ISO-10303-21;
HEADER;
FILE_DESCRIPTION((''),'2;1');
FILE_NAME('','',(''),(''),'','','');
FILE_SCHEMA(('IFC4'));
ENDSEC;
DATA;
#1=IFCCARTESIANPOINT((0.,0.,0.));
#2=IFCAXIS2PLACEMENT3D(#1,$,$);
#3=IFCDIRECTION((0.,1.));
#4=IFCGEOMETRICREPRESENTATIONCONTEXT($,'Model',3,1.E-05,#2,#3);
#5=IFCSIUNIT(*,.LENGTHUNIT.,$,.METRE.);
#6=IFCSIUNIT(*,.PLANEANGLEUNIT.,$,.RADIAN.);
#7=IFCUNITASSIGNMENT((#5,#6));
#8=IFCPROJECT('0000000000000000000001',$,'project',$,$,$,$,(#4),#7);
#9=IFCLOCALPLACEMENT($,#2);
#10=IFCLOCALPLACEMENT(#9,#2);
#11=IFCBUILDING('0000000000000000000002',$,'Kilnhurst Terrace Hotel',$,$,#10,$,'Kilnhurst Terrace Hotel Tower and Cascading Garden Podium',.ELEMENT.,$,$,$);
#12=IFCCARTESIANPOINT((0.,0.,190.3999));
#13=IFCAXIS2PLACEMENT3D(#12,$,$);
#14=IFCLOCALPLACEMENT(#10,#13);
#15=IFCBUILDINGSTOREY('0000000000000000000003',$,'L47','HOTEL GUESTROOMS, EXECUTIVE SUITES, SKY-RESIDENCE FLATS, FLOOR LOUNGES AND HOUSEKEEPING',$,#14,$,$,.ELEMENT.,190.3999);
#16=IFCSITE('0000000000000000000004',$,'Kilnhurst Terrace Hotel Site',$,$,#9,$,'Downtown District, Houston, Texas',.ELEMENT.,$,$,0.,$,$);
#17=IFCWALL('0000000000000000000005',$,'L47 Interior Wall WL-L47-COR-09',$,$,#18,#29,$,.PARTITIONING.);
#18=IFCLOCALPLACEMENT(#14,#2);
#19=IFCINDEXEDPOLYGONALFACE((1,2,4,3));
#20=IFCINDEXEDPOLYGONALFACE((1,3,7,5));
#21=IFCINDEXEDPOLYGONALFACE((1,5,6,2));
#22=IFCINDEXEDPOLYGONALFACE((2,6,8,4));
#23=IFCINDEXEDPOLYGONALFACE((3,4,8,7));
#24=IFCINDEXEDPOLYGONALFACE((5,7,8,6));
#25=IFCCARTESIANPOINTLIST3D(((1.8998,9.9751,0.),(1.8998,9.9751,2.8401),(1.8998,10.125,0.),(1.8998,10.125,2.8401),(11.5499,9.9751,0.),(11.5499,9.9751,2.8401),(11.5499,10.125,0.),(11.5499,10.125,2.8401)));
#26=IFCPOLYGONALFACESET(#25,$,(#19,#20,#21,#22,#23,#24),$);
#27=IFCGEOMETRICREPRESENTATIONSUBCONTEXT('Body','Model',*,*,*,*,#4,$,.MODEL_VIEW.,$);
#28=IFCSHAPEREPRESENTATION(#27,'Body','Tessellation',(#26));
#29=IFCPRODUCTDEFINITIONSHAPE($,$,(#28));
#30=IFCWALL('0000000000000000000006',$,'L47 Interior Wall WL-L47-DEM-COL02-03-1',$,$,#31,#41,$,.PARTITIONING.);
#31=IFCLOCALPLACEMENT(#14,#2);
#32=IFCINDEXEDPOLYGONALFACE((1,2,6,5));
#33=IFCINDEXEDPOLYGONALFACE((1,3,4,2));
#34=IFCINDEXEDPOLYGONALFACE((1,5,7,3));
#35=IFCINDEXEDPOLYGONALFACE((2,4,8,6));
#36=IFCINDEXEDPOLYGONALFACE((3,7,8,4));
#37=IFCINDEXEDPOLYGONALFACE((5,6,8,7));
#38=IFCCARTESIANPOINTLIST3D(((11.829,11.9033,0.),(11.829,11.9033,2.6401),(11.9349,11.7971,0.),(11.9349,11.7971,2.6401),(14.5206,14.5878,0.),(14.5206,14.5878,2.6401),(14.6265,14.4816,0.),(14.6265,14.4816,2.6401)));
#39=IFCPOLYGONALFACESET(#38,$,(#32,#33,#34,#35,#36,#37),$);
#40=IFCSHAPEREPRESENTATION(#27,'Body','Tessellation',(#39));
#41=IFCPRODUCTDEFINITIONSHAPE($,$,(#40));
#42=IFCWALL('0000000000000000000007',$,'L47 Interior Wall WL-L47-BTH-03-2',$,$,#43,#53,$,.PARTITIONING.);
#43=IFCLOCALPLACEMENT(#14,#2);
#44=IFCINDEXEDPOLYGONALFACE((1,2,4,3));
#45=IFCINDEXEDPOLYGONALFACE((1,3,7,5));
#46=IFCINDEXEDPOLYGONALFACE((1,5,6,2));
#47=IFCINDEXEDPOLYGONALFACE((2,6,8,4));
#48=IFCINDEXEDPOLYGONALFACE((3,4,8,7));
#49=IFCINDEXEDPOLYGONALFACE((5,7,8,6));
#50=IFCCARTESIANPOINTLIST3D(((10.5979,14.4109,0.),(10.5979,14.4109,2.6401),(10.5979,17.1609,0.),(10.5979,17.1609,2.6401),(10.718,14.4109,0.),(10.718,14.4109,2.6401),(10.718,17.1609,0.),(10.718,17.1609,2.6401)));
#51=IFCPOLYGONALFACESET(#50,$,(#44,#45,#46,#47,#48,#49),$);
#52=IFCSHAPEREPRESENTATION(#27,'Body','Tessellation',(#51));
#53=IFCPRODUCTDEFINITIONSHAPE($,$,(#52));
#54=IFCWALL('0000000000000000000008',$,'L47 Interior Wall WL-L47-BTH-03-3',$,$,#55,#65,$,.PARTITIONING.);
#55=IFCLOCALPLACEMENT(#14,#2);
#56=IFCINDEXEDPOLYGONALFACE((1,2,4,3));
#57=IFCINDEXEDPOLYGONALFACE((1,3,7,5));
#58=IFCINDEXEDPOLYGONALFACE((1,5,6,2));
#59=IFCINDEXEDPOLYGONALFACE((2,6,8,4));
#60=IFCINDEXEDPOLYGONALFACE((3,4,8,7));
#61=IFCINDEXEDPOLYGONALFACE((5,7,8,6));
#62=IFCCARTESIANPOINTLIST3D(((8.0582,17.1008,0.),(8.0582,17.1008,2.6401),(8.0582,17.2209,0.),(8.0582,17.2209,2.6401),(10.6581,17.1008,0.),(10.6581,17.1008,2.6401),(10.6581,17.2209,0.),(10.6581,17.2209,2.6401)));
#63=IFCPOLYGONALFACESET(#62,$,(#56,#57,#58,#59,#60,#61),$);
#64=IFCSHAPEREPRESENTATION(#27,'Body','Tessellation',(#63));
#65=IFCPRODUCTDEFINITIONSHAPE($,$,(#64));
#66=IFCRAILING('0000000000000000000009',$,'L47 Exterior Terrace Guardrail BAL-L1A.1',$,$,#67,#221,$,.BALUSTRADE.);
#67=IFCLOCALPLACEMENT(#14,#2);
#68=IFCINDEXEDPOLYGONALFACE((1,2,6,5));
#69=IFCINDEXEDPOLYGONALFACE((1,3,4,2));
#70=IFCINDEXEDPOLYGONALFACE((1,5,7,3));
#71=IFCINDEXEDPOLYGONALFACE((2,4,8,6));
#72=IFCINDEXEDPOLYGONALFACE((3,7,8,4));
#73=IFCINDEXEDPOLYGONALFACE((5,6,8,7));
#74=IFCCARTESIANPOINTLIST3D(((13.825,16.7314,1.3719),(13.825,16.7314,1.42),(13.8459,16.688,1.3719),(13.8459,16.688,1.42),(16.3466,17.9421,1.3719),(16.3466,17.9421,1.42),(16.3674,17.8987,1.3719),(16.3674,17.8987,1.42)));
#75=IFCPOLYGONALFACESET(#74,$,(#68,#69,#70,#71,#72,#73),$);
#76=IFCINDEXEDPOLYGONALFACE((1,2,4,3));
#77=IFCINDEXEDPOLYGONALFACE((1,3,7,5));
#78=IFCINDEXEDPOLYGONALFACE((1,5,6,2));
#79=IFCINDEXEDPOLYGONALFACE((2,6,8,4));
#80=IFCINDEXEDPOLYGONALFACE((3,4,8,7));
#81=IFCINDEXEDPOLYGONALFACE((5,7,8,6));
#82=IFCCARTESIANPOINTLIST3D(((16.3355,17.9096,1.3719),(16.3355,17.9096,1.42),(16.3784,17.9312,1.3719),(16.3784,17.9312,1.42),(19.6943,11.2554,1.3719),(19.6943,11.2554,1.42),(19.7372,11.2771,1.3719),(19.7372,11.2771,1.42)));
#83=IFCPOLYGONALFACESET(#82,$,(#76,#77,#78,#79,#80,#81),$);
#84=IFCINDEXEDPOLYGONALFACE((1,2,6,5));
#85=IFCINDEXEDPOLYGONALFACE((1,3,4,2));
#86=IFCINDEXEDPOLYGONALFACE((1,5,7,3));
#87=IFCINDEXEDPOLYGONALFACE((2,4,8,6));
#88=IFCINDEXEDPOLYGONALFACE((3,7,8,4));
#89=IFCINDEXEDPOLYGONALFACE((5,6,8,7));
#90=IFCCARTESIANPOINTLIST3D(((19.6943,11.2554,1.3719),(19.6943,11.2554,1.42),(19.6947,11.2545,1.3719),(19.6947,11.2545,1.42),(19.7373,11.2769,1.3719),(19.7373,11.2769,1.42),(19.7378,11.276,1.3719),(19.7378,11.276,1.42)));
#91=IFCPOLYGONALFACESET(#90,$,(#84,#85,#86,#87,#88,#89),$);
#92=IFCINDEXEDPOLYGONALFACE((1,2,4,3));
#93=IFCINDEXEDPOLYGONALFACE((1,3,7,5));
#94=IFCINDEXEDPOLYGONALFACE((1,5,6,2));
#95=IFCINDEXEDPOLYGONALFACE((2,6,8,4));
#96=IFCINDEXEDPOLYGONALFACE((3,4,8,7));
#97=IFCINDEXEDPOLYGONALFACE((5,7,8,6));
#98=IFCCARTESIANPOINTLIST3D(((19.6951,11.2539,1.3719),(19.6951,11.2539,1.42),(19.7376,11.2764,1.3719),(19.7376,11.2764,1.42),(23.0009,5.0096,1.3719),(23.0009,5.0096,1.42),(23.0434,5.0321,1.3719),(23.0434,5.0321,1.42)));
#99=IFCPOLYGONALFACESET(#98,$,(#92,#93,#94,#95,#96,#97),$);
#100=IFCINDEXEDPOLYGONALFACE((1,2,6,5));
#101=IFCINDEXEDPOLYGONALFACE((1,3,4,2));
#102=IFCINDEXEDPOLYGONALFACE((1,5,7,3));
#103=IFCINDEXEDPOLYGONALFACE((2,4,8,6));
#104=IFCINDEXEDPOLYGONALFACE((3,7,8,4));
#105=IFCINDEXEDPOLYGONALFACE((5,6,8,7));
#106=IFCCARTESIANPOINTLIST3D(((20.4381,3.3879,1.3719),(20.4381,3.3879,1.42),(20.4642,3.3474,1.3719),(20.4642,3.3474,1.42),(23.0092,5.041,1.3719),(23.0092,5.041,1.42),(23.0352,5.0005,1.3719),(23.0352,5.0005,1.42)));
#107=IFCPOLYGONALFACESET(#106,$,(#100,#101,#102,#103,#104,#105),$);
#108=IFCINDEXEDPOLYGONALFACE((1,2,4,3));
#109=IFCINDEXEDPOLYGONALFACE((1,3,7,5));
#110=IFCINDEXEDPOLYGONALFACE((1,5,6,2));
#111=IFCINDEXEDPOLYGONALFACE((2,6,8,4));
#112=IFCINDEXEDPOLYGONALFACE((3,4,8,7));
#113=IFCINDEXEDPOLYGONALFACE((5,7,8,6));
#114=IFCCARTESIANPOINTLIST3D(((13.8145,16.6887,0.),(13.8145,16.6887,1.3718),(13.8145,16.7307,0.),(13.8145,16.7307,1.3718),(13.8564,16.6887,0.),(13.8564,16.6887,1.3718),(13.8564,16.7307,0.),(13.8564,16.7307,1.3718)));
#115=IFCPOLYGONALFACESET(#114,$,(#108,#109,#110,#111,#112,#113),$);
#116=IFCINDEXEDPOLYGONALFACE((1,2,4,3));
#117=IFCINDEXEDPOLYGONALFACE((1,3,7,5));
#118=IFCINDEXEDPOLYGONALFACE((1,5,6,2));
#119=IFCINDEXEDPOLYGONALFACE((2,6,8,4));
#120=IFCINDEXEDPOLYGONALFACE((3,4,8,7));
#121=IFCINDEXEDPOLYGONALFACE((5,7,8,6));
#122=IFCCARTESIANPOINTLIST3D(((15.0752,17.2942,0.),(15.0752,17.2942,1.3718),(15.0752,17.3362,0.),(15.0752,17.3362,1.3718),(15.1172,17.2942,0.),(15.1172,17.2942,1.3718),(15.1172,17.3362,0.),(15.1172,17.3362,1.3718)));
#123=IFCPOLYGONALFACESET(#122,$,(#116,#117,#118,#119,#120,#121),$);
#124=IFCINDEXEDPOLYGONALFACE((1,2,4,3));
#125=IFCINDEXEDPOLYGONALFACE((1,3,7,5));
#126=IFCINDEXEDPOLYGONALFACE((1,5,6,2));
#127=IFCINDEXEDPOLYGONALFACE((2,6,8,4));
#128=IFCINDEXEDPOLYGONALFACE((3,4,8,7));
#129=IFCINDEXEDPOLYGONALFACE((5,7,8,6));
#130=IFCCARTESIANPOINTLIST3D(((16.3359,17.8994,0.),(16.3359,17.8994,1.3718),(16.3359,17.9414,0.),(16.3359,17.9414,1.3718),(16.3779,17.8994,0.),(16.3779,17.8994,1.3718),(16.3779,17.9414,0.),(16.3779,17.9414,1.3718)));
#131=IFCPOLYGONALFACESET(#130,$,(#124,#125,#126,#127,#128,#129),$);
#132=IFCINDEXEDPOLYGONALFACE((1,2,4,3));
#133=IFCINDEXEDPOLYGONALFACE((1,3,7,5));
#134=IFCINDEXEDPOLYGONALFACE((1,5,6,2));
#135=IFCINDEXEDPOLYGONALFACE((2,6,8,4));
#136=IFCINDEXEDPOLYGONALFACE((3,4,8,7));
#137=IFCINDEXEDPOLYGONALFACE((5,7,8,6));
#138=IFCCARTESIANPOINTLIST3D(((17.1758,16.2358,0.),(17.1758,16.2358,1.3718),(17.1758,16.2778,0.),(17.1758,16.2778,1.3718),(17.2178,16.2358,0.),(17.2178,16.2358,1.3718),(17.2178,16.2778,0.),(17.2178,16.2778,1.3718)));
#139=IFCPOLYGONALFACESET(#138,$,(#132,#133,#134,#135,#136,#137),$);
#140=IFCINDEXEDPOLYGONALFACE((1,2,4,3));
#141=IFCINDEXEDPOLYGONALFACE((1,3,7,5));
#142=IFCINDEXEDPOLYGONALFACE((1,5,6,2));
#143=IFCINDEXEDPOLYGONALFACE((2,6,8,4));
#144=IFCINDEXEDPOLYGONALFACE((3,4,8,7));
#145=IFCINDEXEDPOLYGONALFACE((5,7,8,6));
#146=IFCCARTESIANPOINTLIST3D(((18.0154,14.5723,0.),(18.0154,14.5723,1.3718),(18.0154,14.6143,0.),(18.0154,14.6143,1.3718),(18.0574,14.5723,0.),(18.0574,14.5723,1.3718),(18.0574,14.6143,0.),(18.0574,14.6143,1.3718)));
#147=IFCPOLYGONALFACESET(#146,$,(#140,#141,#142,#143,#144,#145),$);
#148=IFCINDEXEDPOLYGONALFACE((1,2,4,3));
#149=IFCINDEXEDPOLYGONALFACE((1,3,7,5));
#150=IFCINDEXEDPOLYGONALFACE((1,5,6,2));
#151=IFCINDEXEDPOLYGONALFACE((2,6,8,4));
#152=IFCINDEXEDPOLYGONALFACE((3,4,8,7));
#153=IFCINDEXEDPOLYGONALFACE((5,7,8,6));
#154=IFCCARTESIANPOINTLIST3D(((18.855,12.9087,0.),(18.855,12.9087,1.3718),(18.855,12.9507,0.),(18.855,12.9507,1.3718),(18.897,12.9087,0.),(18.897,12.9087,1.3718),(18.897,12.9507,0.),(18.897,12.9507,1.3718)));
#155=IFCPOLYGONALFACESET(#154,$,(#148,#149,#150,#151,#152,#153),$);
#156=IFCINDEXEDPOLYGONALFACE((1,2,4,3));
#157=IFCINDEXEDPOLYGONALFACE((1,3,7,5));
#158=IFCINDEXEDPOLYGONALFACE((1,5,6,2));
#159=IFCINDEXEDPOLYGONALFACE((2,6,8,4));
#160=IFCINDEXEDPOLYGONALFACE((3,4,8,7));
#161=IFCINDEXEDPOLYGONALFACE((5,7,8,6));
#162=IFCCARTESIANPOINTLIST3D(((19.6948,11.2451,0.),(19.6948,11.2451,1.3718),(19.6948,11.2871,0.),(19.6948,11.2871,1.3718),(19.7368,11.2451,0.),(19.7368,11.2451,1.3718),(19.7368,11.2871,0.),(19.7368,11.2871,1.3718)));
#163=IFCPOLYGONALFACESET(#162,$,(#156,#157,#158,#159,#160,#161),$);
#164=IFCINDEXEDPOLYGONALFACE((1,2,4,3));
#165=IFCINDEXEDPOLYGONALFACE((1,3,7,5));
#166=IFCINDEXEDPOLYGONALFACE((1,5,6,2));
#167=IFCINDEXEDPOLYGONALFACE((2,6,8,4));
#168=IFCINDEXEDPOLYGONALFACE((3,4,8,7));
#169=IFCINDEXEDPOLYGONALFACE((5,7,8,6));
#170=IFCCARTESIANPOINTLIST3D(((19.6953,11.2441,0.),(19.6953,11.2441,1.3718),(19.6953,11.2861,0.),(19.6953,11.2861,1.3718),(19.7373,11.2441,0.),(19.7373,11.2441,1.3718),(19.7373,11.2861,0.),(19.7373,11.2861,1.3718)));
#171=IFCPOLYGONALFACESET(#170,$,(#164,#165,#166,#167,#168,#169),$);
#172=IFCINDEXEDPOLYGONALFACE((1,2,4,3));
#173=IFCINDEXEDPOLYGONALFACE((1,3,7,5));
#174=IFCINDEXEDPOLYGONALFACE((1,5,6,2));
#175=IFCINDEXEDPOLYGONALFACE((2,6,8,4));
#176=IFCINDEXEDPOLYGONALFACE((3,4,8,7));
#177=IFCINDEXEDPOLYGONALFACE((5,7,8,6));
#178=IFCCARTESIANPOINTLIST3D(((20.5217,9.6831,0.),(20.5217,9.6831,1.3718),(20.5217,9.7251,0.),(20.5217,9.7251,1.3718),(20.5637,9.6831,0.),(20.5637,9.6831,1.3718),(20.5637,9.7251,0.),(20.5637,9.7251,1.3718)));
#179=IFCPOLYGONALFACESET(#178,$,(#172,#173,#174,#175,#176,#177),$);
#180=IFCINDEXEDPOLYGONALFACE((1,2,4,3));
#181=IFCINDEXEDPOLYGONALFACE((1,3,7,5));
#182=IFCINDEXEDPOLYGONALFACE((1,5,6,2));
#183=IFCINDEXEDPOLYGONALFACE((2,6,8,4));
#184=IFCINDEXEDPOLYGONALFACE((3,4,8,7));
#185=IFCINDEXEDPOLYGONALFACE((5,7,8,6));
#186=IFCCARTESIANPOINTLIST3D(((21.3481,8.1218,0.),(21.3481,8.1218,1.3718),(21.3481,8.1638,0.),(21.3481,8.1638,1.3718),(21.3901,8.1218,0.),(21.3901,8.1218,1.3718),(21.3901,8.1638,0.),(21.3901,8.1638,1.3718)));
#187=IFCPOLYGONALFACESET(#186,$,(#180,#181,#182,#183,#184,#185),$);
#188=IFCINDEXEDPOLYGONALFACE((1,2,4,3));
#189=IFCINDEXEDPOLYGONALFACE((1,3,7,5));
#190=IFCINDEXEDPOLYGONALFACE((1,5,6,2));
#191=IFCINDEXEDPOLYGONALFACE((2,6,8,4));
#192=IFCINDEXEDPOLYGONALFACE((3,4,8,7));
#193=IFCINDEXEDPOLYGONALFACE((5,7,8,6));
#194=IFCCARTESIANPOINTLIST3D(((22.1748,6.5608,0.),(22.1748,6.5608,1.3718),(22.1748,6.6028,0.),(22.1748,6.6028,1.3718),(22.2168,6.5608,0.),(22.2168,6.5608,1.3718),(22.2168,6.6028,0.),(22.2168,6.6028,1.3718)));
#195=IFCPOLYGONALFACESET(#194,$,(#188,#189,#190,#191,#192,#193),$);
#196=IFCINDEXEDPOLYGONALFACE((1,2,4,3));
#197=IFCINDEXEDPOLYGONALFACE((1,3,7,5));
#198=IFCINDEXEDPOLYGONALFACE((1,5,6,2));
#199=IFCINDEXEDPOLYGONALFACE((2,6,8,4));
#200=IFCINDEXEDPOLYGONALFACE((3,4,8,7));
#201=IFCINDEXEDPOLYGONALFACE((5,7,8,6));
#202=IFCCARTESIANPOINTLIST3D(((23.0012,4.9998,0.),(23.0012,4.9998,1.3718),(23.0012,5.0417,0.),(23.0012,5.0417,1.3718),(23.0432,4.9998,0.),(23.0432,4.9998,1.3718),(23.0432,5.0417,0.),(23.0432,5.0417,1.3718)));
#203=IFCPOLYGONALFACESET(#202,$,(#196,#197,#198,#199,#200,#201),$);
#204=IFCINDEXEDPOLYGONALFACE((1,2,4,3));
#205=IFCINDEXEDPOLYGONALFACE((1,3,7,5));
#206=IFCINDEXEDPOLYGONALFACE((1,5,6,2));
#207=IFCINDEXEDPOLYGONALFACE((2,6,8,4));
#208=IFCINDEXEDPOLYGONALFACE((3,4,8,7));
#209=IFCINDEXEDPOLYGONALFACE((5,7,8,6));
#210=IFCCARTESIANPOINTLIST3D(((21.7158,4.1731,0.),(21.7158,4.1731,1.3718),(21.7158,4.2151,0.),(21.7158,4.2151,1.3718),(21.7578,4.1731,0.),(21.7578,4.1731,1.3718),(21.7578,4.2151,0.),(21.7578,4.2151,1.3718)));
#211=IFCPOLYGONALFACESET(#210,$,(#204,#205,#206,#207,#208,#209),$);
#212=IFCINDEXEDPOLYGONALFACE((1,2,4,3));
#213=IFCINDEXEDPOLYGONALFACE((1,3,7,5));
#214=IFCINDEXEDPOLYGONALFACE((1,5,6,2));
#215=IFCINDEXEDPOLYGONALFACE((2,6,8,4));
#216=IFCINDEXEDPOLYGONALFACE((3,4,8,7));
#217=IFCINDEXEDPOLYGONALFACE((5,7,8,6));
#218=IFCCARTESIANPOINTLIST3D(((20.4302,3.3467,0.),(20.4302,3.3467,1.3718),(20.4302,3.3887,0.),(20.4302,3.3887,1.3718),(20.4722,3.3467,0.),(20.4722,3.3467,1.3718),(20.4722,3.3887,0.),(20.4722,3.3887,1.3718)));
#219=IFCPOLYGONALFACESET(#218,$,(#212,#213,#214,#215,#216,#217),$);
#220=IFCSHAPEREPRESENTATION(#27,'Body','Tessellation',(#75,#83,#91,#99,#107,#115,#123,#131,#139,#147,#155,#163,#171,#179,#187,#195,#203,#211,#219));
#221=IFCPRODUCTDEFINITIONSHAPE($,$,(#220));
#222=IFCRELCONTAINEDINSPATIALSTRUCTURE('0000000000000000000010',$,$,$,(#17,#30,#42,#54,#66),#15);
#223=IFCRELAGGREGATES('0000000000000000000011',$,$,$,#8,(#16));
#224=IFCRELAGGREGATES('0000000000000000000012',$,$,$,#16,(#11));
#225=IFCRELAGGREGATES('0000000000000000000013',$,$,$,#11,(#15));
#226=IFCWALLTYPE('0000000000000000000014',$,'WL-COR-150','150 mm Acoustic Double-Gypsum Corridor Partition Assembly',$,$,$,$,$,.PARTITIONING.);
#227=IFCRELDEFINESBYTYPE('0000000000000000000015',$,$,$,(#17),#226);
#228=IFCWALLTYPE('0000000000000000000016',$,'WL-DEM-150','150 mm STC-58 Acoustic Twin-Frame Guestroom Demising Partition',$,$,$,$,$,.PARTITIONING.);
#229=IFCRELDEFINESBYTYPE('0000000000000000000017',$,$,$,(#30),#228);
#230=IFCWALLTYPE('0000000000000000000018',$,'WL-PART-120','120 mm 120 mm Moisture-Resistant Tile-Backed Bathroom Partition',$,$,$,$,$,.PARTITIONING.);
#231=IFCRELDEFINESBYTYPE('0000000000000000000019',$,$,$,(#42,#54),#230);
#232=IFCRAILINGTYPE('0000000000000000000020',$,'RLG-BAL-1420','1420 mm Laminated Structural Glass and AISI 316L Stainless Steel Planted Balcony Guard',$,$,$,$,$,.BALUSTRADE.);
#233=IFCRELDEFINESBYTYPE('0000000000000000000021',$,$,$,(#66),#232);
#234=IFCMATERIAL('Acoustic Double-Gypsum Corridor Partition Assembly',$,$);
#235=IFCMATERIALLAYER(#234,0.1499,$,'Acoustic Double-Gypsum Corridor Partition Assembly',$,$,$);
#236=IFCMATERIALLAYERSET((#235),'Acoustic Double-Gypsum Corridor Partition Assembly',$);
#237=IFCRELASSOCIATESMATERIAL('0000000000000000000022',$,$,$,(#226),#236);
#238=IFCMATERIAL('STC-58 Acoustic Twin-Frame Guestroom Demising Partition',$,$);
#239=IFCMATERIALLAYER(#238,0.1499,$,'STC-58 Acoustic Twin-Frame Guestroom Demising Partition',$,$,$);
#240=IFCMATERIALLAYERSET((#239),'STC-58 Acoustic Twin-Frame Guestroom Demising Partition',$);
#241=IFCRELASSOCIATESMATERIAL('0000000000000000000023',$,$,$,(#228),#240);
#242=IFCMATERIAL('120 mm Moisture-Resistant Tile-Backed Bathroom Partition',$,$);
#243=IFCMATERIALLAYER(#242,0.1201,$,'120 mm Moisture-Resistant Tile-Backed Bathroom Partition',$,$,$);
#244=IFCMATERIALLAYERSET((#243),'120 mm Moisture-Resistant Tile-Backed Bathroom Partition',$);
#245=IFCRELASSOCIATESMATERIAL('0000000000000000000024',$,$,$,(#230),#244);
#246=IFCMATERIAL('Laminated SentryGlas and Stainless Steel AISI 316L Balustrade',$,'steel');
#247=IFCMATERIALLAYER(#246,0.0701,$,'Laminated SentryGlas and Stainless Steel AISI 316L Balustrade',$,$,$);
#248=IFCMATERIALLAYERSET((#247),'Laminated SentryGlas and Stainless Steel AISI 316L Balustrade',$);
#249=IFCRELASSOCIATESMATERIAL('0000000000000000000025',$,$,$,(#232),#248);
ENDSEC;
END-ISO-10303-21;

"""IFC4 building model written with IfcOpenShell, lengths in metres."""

from ifc_helpers import new_model, si_unit, direction, frame, frame_2d, origin, origin_2d, place, context, subcontext, project, spatial, rectangle, extrude, material, layer, layer_set, type_object, element, save


model = new_model("IFC4")

# Units and contexts
model_context = context("Model", 3, precision=1e-05, world=origin(), true_north=direction((0.0, 1.0)))
body_context = subcontext(model_context, "Body", "Model", "MODEL_VIEW")
ifc_project = project(units=[si_unit("LENGTHUNIT", "METRE"), si_unit("PLANEANGLEUNIT", "RADIAN")], contexts=[model_context])

# Site, building, storey
site_placement = place(None, origin())
site = spatial("IfcSite", under=ifc_project, at=site_placement, Name="Kilnhurst Terrace Hotel Site", LongName="Downtown District, Houston, Texas", CompositionType="ELEMENT", RefElevation=0.0)
building_placement = place(site_placement, origin())
building = spatial("IfcBuilding", under=site, at=building_placement, Name="Kilnhurst Terrace Hotel", LongName="Kilnhurst Terrace Hotel Tower and Cascading Garden Podium", CompositionType="ELEMENT")
storey_placement = place(building_placement, frame((0.0, 0.0, 190.3999)))
storey = spatial("IfcBuildingStorey", under=building, at=storey_placement, Name="L47", Description="HOTEL GUESTROOMS, EXECUTIVE SUITES, SKY-RESIDENCE FLATS, FLOOR LOUNGES AND HOUSEKEEPING", CompositionType="ELEMENT", Elevation=190.3999)

# Shared definitions
ifc_material_1 = material(Name="Acoustic Double-Gypsum Corridor Partition Assembly")
ifc_layer_1 = layer(ifc_material_1, 0.1499, Name="Acoustic Double-Gypsum Corridor Partition Assembly")
ifc_layer_set_1 = layer_set([ifc_layer_1], Name="Acoustic Double-Gypsum Corridor Partition Assembly")
wall_type_1 = type_object("IfcWallType", Name="WL-COR-150", Description="150 mm Acoustic Double-Gypsum Corridor Partition Assembly", PredefinedType="PARTITIONING", material=ifc_layer_set_1)

# Walls
wall_1_placement = place(storey_placement, frame((11.55, 10.05, 0.0), z_axis=(0.0, 0.0, 1.0), x_axis=(-1.0, 0.0, 0.0)))
element("IfcWall", 1, at=wall_1_placement, inside=storey, type_object=wall_type_1, Name="L47 Interior Wall WL-L47-COR-09", PredefinedType="PARTITIONING", context=body_context, shape_type="SweptSolid", body=[
    extrude(rectangle(XDim=9.6501, YDim=0.1499, at=frame_2d((4.8252, 0.0))), origin(), (0.0, 0.0, 1.0), 2.8401),
])
ifc_material_2 = material(Name="STC-58 Acoustic Twin-Frame Guestroom Demising Partition")
ifc_layer_2 = layer(ifc_material_2, 0.1499, Name="STC-58 Acoustic Twin-Frame Guestroom Demising Partition")
ifc_layer_set_2 = layer_set([ifc_layer_2], Name="STC-58 Acoustic Twin-Frame Guestroom Demising Partition")
wall_type_2 = type_object("IfcWallType", Name="WL-DEM-150", Description="150 mm STC-58 Acoustic Twin-Frame Guestroom Demising Partition", PredefinedType="PARTITIONING", material=ifc_layer_set_2)
wall_2_placement = place(storey_placement, frame((11.8818, 11.8501, 0.0), z_axis=(0.0, 0.0, 1.0), x_axis=(0.708037, 0.706175, 0.0)))
element("IfcWall", 2, at=wall_2_placement, inside=storey, type_object=wall_type_2, Name="L47 Interior Wall WL-L47-DEM-COL02-03-1", PredefinedType="PARTITIONING", context=body_context, shape_type="SweptSolid", body=[
    extrude(rectangle(XDim=3.8015, YDim=0.1499, at=frame_2d((1.9009, 0.0))), origin(), (0.0, 0.0, 1.0), 2.6401),
])
ifc_material_3 = material(Name="120 mm Moisture-Resistant Tile-Backed Bathroom Partition")
ifc_layer_3 = layer(ifc_material_3, 0.1201, Name="120 mm Moisture-Resistant Tile-Backed Bathroom Partition")
ifc_layer_set_3 = layer_set([ifc_layer_3], Name="120 mm Moisture-Resistant Tile-Backed Bathroom Partition")
wall_type_3 = type_object("IfcWallType", Name="WL-PART-120", Description="120 mm 120 mm Moisture-Resistant Tile-Backed Bathroom Partition", PredefinedType="PARTITIONING", material=ifc_layer_set_3)
wall_3_placement = place(storey_placement, frame((10.658, 14.4109, 0.0), z_axis=(0.0, 0.0, 1.0), x_axis=(0.0, 1.0, 0.0)))
element("IfcWall", 3, at=wall_3_placement, inside=storey, type_object=wall_type_3, Name="L47 Interior Wall WL-L47-BTH-03-2", PredefinedType="PARTITIONING", context=body_context, shape_type="SweptSolid", body=[
    extrude(rectangle(XDim=2.75, YDim=0.1201, at=frame_2d((1.375, 0.0))), origin(), (0.0, 0.0, 1.0), 2.6401),
])
wall_4_placement = place(storey_placement, frame((10.658, 17.1609, 0.0), z_axis=(0.0, 0.0, 1.0), x_axis=(-1.0, 0.0, 0.0)))
element("IfcWall", 4, at=wall_4_placement, inside=storey, type_object=wall_type_3, Name="L47 Interior Wall WL-L47-BTH-03-3", PredefinedType="PARTITIONING", context=body_context, shape_type="SweptSolid", body=[
    extrude(rectangle(XDim=2.5999, YDim=0.1201, at=frame_2d((1.2998, 0.0))), origin(), (0.0, 0.0, 1.0), 2.6401),
])

# Railing
ifc_material_4 = material(Name="Laminated SentryGlas and Stainless Steel AISI 316L Balustrade", Category="steel")
ifc_layer_4 = layer(ifc_material_4, 0.0701, Name="Laminated SentryGlas and Stainless Steel AISI 316L Balustrade")
ifc_layer_set_4 = layer_set([ifc_layer_4], Name="Laminated SentryGlas and Stainless Steel AISI 316L Balustrade")
railing_type = type_object("IfcRailingType", Name="RLG-BAL-1420", Description="1420 mm Laminated Structural Glass and AISI 316L Stainless Steel Planted Balcony Guard", PredefinedType="BALUSTRADE", material=ifc_layer_set_4)
railing_placement = place(storey_placement, frame((13.8354, 16.7097, 0.0)))
element("IfcRailing", 5, at=railing_placement, inside=storey, type_object=railing_type, Name="L47 Exterior Terrace Guardrail BAL-L1A.1", PredefinedType="BALUSTRADE", context=body_context, shape_type="SweptSolid", body=[
    extrude(rectangle(XDim=0.0481, YDim=0.0481, at=origin_2d()), frame((0.0, 0.0, 1.396), z_axis=(0.90147, 0.432842, 0.0), x_axis=(-0.432842, 0.90147, 0.0)), (0.0, 0.0, 1.0), 2.7971),
    extrude(rectangle(XDim=0.0481, YDim=0.0481, at=origin_2d()), frame((2.5215, 1.2107, 1.396), z_axis=(0.450617, -0.892718, 0.0), x_axis=(0.892718, 0.450617, 0.0)), (0.0, 0.0, 1.0), 7.4539),
    extrude(rectangle(XDim=0.0481, YDim=0.0481, at=origin_2d()), frame((5.8804, -5.4436, 1.396), z_axis=(0.447214, -0.894427, 0.0), x_axis=(0.894427, 0.447214, 0.0)), (0.0, 0.0, 1.0), 0.001),
    extrude(rectangle(XDim=0.0481, YDim=0.0481, at=origin_2d()), frame((5.8809, -5.4446, 1.396), z_axis=(0.467894, -0.883785, 0.0), x_axis=(0.883785, 0.467894, 0.0)), (0.0, 0.0, 1.0), 7.0654),
    extrude(rectangle(XDim=0.0481, YDim=0.0481, at=origin_2d()), frame((9.1868, -11.689, 1.396), z_axis=(-0.84114, -0.540818, 0.0), x_axis=(0.540818, -0.84114, 0.0)), (0.0, 0.0, 1.0), 3.0566),
    extrude(rectangle(XDim=0.042, YDim=0.042, at=origin_2d()), origin(), (0.0, 0.0, 1.0), 1.3718),
    extrude(rectangle(XDim=0.042, YDim=0.042, at=origin_2d()), frame((1.2607, 0.6055, 0.0)), (0.0, 0.0, 1.0), 1.3718),
    extrude(rectangle(XDim=0.042, YDim=0.042, at=origin_2d()), frame((2.5215, 1.2107, 0.0)), (0.0, 0.0, 1.0), 1.3718),
    extrude(rectangle(XDim=0.042, YDim=0.042, at=origin_2d()), frame((3.3613, -0.4529, 0.0)), (0.0, 0.0, 1.0), 1.3718),
    extrude(rectangle(XDim=0.042, YDim=0.042, at=origin_2d()), frame((4.2009, -2.1165, 0.0)), (0.0, 0.0, 1.0), 1.3718),
    extrude(rectangle(XDim=0.042, YDim=0.042, at=origin_2d()), frame((5.0405, -3.78, 0.0)), (0.0, 0.0, 1.0), 1.3718),
    extrude(rectangle(XDim=0.042, YDim=0.042, at=origin_2d()), frame((5.8804, -5.4436, 0.0)), (0.0, 0.0, 1.0), 1.3718),
    extrude(rectangle(XDim=0.042, YDim=0.042, at=origin_2d()), frame((5.8809, -5.4446, 0.0)), (0.0, 0.0, 1.0), 1.3718),
    extrude(rectangle(XDim=0.042, YDim=0.042, at=origin_2d()), frame((6.7073, -7.0056, 0.0)), (0.0, 0.0, 1.0), 1.3718),
    extrude(rectangle(XDim=0.042, YDim=0.042, at=origin_2d()), frame((7.5337, -8.5669, 0.0)), (0.0, 0.0, 1.0), 1.3718),
    extrude(rectangle(XDim=0.042, YDim=0.042, at=origin_2d()), frame((8.3604, -10.1279, 0.0)), (0.0, 0.0, 1.0), 1.3718),
    extrude(rectangle(XDim=0.042, YDim=0.042, at=origin_2d()), frame((9.1868, -11.689, 0.0)), (0.0, 0.0, 1.0), 1.3718),
    extrude(rectangle(XDim=0.042, YDim=0.042, at=origin_2d()), frame((7.9014, -12.5156, 0.0)), (0.0, 0.0, 1.0), 1.3718),
    extrude(rectangle(XDim=0.042, YDim=0.042, at=origin_2d()), frame((6.6157, -13.342, 0.0)), (0.0, 0.0, 1.0), 1.3718),
])

save(model, "model.ifc")
